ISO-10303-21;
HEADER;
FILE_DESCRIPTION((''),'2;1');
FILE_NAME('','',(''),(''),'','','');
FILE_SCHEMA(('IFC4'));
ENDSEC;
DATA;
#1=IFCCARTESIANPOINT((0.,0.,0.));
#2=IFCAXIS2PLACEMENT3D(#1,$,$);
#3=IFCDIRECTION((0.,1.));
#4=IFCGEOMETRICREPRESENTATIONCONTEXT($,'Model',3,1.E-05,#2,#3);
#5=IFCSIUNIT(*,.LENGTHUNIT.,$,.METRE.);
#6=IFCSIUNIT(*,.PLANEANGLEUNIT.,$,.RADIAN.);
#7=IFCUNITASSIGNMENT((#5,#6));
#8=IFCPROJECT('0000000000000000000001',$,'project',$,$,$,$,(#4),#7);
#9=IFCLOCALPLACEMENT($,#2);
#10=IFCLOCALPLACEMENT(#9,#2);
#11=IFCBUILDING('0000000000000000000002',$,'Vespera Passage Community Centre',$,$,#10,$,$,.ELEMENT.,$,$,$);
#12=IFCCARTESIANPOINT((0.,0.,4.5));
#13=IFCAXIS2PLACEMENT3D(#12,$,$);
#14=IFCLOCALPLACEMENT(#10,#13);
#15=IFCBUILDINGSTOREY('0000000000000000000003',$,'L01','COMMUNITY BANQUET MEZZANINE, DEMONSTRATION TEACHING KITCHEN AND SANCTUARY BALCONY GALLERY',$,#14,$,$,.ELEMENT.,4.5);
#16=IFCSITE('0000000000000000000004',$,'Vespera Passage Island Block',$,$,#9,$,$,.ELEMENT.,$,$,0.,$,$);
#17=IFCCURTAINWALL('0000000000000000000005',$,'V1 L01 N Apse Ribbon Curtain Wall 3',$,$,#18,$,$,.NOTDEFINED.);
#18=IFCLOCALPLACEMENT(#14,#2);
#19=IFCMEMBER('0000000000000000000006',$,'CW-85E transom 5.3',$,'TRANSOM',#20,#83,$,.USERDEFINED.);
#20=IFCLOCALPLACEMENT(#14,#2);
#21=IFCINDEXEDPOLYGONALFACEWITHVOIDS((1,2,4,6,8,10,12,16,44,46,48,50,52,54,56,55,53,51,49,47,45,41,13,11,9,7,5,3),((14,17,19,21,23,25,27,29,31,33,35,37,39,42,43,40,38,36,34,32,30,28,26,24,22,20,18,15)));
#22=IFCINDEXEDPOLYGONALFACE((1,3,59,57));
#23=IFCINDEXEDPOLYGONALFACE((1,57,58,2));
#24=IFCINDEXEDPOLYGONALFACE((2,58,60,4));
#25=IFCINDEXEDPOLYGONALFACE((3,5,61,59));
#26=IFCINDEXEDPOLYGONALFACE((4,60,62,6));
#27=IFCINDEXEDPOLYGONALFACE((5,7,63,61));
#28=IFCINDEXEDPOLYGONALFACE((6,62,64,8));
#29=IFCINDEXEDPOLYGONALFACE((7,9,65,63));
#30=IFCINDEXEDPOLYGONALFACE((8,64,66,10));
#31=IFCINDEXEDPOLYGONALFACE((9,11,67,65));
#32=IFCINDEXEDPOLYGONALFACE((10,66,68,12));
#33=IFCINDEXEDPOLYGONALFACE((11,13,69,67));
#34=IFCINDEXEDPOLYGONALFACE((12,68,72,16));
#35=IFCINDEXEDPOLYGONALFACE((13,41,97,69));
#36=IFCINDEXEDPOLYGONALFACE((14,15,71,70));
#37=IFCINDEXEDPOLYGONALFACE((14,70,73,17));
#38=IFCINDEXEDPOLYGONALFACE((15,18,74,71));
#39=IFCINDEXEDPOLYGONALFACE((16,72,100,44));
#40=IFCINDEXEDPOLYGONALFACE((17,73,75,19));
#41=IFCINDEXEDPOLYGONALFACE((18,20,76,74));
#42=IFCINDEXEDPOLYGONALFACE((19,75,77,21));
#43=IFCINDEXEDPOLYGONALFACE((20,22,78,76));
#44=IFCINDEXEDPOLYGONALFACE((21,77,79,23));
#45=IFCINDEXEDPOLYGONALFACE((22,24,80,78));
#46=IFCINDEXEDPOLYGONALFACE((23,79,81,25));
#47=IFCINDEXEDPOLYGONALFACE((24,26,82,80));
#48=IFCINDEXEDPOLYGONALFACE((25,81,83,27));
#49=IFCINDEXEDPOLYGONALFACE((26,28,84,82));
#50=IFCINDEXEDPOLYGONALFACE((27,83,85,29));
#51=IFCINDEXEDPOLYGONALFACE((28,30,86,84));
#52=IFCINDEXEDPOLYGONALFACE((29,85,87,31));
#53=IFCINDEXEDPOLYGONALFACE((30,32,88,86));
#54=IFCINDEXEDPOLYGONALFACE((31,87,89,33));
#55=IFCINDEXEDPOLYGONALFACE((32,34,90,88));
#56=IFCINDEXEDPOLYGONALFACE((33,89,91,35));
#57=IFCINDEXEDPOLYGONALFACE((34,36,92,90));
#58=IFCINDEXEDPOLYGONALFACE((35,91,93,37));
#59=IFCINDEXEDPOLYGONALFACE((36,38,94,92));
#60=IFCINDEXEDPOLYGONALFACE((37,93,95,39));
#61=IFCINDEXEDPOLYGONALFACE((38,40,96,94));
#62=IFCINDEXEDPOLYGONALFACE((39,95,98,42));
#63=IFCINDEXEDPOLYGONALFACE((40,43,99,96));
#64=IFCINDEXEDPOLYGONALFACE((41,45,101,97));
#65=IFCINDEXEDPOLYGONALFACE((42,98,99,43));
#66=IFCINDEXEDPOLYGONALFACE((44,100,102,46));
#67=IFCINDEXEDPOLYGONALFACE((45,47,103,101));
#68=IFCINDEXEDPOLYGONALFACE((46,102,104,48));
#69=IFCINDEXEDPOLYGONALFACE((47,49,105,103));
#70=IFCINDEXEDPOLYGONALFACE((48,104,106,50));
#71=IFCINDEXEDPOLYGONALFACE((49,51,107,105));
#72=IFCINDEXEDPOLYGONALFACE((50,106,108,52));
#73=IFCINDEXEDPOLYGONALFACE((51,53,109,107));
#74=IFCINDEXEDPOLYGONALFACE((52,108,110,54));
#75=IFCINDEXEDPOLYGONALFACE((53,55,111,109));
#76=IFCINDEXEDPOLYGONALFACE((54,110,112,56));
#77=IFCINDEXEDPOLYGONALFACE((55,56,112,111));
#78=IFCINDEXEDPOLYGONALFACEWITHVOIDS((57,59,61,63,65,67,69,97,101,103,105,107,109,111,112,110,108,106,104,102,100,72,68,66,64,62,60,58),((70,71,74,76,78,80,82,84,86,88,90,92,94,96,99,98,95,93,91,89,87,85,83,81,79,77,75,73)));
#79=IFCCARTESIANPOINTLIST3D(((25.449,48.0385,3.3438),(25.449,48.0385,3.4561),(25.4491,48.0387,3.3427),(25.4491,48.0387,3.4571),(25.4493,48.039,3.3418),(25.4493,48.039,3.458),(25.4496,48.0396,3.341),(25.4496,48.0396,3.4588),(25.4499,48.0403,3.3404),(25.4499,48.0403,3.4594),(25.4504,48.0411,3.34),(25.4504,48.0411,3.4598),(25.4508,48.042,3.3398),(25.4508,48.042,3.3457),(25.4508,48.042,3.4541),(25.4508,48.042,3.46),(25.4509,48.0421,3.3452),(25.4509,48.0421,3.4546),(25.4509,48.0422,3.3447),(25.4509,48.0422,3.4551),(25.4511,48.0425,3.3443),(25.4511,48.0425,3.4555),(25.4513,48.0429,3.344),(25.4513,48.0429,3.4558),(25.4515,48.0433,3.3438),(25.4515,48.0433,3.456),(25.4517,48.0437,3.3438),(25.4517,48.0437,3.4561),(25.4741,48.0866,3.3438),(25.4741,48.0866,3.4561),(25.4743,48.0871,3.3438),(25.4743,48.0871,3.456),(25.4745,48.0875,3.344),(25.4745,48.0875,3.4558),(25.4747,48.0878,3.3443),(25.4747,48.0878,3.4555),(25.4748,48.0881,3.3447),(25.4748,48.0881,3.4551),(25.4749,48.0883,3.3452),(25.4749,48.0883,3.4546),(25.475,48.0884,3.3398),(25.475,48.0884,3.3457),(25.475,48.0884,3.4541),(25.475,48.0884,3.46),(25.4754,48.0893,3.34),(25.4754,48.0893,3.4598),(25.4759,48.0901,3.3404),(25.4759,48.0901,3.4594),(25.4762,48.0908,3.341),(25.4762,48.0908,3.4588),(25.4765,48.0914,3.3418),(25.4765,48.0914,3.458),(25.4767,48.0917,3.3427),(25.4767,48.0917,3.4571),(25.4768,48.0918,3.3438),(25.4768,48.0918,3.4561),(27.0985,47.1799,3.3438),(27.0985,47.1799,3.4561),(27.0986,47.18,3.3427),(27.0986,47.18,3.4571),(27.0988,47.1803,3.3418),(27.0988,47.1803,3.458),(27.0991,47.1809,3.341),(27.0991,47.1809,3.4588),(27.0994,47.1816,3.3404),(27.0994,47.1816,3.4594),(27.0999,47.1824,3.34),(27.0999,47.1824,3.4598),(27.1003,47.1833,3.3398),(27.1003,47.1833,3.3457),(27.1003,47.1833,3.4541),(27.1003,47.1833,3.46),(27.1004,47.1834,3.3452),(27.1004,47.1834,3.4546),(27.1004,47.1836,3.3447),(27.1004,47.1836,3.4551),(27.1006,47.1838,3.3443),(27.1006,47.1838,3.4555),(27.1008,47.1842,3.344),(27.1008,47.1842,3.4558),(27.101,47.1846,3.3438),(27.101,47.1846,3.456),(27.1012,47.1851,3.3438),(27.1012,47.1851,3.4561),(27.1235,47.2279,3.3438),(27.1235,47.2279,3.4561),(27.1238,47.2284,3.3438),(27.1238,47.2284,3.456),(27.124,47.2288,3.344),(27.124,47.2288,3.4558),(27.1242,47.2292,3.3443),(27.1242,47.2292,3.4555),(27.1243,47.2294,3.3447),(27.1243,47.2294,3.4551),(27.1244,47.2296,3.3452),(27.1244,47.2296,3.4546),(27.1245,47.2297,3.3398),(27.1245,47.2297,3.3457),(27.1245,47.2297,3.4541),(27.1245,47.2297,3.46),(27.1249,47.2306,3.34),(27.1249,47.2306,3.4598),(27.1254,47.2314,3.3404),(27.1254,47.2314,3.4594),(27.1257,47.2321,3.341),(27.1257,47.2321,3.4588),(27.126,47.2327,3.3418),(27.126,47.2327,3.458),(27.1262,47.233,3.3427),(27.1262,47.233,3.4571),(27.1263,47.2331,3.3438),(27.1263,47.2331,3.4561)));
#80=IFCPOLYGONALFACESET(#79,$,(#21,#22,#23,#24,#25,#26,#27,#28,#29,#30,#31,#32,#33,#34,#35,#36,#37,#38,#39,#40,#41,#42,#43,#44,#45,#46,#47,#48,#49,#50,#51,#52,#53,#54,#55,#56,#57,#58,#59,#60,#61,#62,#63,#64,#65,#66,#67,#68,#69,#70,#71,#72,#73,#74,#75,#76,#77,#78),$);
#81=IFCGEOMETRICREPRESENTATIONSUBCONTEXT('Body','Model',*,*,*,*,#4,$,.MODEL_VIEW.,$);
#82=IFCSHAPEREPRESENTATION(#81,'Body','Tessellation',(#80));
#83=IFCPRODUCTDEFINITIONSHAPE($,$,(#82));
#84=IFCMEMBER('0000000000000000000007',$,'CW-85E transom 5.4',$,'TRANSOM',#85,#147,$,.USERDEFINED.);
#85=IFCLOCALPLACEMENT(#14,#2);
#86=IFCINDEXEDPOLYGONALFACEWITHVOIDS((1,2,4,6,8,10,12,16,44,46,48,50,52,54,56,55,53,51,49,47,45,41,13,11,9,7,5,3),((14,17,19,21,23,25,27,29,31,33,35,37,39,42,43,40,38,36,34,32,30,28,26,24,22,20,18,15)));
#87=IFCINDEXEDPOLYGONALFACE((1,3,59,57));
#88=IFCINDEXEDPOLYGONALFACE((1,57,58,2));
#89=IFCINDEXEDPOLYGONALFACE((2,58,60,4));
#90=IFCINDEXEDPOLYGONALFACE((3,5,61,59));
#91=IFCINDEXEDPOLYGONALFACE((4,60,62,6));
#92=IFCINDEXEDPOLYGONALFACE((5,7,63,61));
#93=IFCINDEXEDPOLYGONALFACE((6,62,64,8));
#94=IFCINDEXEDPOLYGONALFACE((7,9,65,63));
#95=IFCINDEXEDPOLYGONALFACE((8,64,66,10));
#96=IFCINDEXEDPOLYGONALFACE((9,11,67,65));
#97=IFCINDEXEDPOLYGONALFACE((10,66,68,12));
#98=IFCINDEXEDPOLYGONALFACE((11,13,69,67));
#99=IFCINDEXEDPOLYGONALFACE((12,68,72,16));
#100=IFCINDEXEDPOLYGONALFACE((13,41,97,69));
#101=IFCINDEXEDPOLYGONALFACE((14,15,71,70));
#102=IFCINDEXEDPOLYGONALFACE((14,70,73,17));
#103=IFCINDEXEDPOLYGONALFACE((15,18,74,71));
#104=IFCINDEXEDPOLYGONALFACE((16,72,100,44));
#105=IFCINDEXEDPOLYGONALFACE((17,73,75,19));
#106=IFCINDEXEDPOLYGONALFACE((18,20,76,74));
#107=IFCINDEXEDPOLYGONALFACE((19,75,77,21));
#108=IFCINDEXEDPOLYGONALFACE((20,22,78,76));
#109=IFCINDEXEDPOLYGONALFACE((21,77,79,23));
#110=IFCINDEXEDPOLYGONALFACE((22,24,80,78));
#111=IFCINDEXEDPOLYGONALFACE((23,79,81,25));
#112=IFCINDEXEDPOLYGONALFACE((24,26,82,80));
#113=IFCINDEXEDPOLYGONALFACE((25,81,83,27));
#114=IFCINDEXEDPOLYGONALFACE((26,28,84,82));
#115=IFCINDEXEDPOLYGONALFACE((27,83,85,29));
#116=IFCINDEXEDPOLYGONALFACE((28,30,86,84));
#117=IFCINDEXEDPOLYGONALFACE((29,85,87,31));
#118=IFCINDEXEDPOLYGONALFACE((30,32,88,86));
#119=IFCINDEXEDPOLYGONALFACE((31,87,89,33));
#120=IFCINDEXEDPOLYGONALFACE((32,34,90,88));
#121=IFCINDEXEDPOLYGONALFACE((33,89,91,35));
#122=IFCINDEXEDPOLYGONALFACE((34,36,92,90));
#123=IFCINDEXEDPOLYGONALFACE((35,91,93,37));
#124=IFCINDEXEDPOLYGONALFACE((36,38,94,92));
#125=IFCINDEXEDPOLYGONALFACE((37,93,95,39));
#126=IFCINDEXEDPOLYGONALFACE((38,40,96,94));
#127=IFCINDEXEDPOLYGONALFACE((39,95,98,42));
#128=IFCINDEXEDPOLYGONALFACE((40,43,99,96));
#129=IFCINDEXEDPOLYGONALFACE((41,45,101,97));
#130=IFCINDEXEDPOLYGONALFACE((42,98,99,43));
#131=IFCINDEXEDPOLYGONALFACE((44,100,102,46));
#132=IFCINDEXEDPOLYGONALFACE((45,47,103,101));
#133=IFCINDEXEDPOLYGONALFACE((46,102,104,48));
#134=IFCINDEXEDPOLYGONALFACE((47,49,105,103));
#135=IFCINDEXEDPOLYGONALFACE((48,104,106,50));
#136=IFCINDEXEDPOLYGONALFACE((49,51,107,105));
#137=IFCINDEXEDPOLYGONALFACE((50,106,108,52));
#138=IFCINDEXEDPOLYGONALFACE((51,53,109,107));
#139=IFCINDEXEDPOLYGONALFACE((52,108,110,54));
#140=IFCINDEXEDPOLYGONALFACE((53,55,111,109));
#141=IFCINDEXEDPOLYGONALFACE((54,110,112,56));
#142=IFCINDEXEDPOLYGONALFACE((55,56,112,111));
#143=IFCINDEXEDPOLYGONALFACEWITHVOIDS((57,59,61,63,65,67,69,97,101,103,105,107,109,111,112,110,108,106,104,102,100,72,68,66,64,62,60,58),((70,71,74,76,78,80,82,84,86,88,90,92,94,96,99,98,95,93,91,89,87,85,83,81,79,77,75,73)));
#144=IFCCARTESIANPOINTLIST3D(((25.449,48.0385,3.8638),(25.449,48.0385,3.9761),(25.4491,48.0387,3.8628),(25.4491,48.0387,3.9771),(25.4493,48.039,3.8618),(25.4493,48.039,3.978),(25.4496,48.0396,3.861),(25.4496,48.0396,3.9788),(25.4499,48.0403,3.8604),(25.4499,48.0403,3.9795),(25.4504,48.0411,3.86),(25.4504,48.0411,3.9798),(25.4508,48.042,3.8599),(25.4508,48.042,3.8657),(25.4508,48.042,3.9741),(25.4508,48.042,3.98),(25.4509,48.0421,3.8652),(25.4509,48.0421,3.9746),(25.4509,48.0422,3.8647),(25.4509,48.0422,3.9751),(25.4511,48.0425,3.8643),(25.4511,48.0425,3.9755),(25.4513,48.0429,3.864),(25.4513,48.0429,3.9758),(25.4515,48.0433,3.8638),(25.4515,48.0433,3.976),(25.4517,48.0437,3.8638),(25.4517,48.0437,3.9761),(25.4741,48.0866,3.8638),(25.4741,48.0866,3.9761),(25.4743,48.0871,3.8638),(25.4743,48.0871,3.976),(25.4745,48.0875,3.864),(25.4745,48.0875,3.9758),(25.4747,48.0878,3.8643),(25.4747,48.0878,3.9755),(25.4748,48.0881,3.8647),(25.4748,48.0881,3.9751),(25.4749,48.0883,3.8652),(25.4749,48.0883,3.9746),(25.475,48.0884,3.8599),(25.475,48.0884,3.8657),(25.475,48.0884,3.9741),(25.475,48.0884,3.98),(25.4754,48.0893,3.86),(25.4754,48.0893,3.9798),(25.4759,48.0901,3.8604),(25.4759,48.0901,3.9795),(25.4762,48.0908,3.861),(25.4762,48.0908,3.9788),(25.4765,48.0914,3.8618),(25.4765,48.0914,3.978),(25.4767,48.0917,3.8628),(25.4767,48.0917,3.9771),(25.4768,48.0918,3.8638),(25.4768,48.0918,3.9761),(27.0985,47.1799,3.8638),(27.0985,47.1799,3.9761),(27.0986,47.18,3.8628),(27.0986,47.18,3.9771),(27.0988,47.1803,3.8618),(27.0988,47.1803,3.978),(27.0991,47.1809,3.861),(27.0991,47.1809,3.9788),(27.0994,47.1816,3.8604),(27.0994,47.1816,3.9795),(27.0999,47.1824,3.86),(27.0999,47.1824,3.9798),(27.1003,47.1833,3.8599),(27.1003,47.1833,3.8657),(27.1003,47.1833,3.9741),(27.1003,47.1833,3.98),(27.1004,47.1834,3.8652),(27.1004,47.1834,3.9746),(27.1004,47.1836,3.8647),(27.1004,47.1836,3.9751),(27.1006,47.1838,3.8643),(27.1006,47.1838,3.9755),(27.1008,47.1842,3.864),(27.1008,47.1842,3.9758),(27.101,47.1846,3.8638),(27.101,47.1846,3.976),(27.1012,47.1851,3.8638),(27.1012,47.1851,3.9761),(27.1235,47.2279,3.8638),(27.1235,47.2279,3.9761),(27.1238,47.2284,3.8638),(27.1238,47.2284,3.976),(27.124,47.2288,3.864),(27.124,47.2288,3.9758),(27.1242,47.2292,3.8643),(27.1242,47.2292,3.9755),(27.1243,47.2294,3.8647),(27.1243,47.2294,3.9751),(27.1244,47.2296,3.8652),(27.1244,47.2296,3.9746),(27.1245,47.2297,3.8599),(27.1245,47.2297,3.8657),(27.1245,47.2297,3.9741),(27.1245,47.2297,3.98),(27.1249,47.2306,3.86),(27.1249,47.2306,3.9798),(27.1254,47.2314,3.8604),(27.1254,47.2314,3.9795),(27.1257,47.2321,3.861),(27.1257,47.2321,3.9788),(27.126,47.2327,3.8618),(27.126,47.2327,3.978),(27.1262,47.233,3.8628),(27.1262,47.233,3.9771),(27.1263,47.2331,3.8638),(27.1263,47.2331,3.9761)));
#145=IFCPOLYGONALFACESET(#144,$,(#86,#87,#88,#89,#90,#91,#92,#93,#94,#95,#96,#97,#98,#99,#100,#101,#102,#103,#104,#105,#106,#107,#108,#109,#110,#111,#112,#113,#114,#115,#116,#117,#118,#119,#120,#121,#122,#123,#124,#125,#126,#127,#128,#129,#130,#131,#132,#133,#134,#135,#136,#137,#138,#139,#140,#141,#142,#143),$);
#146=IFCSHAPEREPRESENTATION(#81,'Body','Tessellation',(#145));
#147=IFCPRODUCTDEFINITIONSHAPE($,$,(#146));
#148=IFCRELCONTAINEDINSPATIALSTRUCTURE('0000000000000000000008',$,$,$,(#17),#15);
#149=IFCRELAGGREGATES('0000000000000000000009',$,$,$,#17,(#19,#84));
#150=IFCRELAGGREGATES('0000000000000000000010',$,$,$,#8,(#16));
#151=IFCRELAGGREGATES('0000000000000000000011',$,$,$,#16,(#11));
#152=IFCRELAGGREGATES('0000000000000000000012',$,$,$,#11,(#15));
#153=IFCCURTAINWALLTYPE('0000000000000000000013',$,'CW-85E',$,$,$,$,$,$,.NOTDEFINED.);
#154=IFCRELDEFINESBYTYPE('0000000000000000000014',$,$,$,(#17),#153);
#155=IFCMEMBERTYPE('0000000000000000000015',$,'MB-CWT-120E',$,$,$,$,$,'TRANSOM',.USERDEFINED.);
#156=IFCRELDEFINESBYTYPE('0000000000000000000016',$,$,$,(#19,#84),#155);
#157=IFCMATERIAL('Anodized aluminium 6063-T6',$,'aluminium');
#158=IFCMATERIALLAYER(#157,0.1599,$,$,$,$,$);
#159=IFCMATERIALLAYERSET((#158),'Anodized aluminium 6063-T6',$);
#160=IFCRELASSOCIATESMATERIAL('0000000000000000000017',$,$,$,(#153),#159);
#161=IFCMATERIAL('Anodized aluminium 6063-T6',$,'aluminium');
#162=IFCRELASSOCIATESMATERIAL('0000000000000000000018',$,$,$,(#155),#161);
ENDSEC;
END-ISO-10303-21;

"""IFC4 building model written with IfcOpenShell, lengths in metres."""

from ifc_helpers import new_model, si_unit, direction, frame, origin, origin_2d, place, context, subcontext, project, spatial, hollow_rectangle, extrude, material, layer, layer_set, material_profile, profile_set, type_object, element, aggregate, save


model = new_model("IFC4")

# Units and contexts
model_context = context("Model", 3, precision=1e-05, world=origin(), true_north=direction((0.0, 1.0)))
body_context = subcontext(model_context, "Body", "Model", "MODEL_VIEW")
ifc_project = project(units=[si_unit("LENGTHUNIT", "METRE"), si_unit("PLANEANGLEUNIT", "RADIAN")], contexts=[model_context])

# Site, building, storey
site_placement = place(None, origin())
site = spatial("IfcSite", under=ifc_project, at=site_placement, Name="Vespera Passage Island Block", CompositionType="ELEMENT", RefElevation=0.0)
building_placement = place(site_placement, origin())
building = spatial("IfcBuilding", under=site, at=building_placement, Name="Vespera Passage Community Centre", CompositionType="ELEMENT")
storey_placement = place(building_placement, frame((0.0, 0.0, 4.5)))
storey = spatial("IfcBuildingStorey", under=building, at=storey_placement, Name="L01", Description="COMMUNITY BANQUET MEZZANINE, DEMONSTRATION TEACHING KITCHEN AND SANCTUARY BALCONY GALLERY", CompositionType="ELEMENT", Elevation=4.5)

# Curtain wall
ifc_material_1 = material(Name="Anodized aluminium 6063-T6", Category="aluminium")
ifc_layer_1 = layer(ifc_material_1, 0.1599)
ifc_layer_set_1 = layer_set([ifc_layer_1], Name="Anodized aluminium 6063-T6")
curtain_wall_type_1 = type_object("IfcCurtainWallType", Name="CW-85E", PredefinedType="NOTDEFINED", material=ifc_layer_set_1)
curtain_wall_1_placement = place(storey_placement, origin())
curtain_wall_1 = element("IfcCurtainWall", 1, at=curtain_wall_1_placement, inside=storey, type_object=curtain_wall_type_1, Name="V1 L01 N Apse Ribbon Curtain Wall 3", PredefinedType="NOTDEFINED")
ifc_material_2 = material(Name="Anodized aluminium 6063-T6", Category="aluminium")
ifc_material_profile_1 = material_profile(ifc_material_2, hollow_rectangle(XDim=0.0601, YDim=0.1201, WallThickness=0.0039, InnerFilletRadius=0.002, OuterFilletRadius=0.0039, at=origin_2d()), Name="ALU120X60X4")
ifc_profile_set_1 = profile_set([ifc_material_profile_1], Name="Anodized aluminium 6063-T6")
member_type_1 = type_object("IfcMemberType", Name="MB-CWT-120E", ElementType="TRANSOM", PredefinedType="USERDEFINED", material=ifc_profile_set_1)

# Members
member_1_placement = place(storey_placement, frame((25.4629, 48.0652, 3.3999), z_axis=(0.887008, -0.461754, 0.0), x_axis=(0.461754, 0.887008, 0.0)))
member_1 = element("IfcMember", 2, at=member_1_placement, type_object=member_type_1, Name="CW-85E transom 5.3", ObjectType="TRANSOM", PredefinedType="USERDEFINED", context=body_context, shape_type="SweptSolid", body=[
    extrude(hollow_rectangle(XDim=0.0601, YDim=0.1201, WallThickness=0.0039, InnerFilletRadius=0.002, OuterFilletRadius=0.0039, at=origin_2d()), origin(), (0.0, 0.0, 1.0), 1.8596),
])
member_2_placement = place(storey_placement, frame((25.4629, 48.0652, 3.9199), z_axis=(0.887008, -0.461754, 0.0), x_axis=(0.461754, 0.887008, 0.0)))
member_2 = element("IfcMember", 3, at=member_2_placement, type_object=member_type_1, Name="CW-85E transom 5.4", ObjectType="TRANSOM", PredefinedType="USERDEFINED", context=body_context, shape_type="SweptSolid", body=[
    extrude(hollow_rectangle(XDim=0.0601, YDim=0.1201, WallThickness=0.0039, InnerFilletRadius=0.002, OuterFilletRadius=0.0039, at=origin_2d()), origin(), (0.0, 0.0, 1.0), 1.8596),
])

aggregate(curtain_wall_1, [member_1, member_2])

save(model, "model.ifc")
